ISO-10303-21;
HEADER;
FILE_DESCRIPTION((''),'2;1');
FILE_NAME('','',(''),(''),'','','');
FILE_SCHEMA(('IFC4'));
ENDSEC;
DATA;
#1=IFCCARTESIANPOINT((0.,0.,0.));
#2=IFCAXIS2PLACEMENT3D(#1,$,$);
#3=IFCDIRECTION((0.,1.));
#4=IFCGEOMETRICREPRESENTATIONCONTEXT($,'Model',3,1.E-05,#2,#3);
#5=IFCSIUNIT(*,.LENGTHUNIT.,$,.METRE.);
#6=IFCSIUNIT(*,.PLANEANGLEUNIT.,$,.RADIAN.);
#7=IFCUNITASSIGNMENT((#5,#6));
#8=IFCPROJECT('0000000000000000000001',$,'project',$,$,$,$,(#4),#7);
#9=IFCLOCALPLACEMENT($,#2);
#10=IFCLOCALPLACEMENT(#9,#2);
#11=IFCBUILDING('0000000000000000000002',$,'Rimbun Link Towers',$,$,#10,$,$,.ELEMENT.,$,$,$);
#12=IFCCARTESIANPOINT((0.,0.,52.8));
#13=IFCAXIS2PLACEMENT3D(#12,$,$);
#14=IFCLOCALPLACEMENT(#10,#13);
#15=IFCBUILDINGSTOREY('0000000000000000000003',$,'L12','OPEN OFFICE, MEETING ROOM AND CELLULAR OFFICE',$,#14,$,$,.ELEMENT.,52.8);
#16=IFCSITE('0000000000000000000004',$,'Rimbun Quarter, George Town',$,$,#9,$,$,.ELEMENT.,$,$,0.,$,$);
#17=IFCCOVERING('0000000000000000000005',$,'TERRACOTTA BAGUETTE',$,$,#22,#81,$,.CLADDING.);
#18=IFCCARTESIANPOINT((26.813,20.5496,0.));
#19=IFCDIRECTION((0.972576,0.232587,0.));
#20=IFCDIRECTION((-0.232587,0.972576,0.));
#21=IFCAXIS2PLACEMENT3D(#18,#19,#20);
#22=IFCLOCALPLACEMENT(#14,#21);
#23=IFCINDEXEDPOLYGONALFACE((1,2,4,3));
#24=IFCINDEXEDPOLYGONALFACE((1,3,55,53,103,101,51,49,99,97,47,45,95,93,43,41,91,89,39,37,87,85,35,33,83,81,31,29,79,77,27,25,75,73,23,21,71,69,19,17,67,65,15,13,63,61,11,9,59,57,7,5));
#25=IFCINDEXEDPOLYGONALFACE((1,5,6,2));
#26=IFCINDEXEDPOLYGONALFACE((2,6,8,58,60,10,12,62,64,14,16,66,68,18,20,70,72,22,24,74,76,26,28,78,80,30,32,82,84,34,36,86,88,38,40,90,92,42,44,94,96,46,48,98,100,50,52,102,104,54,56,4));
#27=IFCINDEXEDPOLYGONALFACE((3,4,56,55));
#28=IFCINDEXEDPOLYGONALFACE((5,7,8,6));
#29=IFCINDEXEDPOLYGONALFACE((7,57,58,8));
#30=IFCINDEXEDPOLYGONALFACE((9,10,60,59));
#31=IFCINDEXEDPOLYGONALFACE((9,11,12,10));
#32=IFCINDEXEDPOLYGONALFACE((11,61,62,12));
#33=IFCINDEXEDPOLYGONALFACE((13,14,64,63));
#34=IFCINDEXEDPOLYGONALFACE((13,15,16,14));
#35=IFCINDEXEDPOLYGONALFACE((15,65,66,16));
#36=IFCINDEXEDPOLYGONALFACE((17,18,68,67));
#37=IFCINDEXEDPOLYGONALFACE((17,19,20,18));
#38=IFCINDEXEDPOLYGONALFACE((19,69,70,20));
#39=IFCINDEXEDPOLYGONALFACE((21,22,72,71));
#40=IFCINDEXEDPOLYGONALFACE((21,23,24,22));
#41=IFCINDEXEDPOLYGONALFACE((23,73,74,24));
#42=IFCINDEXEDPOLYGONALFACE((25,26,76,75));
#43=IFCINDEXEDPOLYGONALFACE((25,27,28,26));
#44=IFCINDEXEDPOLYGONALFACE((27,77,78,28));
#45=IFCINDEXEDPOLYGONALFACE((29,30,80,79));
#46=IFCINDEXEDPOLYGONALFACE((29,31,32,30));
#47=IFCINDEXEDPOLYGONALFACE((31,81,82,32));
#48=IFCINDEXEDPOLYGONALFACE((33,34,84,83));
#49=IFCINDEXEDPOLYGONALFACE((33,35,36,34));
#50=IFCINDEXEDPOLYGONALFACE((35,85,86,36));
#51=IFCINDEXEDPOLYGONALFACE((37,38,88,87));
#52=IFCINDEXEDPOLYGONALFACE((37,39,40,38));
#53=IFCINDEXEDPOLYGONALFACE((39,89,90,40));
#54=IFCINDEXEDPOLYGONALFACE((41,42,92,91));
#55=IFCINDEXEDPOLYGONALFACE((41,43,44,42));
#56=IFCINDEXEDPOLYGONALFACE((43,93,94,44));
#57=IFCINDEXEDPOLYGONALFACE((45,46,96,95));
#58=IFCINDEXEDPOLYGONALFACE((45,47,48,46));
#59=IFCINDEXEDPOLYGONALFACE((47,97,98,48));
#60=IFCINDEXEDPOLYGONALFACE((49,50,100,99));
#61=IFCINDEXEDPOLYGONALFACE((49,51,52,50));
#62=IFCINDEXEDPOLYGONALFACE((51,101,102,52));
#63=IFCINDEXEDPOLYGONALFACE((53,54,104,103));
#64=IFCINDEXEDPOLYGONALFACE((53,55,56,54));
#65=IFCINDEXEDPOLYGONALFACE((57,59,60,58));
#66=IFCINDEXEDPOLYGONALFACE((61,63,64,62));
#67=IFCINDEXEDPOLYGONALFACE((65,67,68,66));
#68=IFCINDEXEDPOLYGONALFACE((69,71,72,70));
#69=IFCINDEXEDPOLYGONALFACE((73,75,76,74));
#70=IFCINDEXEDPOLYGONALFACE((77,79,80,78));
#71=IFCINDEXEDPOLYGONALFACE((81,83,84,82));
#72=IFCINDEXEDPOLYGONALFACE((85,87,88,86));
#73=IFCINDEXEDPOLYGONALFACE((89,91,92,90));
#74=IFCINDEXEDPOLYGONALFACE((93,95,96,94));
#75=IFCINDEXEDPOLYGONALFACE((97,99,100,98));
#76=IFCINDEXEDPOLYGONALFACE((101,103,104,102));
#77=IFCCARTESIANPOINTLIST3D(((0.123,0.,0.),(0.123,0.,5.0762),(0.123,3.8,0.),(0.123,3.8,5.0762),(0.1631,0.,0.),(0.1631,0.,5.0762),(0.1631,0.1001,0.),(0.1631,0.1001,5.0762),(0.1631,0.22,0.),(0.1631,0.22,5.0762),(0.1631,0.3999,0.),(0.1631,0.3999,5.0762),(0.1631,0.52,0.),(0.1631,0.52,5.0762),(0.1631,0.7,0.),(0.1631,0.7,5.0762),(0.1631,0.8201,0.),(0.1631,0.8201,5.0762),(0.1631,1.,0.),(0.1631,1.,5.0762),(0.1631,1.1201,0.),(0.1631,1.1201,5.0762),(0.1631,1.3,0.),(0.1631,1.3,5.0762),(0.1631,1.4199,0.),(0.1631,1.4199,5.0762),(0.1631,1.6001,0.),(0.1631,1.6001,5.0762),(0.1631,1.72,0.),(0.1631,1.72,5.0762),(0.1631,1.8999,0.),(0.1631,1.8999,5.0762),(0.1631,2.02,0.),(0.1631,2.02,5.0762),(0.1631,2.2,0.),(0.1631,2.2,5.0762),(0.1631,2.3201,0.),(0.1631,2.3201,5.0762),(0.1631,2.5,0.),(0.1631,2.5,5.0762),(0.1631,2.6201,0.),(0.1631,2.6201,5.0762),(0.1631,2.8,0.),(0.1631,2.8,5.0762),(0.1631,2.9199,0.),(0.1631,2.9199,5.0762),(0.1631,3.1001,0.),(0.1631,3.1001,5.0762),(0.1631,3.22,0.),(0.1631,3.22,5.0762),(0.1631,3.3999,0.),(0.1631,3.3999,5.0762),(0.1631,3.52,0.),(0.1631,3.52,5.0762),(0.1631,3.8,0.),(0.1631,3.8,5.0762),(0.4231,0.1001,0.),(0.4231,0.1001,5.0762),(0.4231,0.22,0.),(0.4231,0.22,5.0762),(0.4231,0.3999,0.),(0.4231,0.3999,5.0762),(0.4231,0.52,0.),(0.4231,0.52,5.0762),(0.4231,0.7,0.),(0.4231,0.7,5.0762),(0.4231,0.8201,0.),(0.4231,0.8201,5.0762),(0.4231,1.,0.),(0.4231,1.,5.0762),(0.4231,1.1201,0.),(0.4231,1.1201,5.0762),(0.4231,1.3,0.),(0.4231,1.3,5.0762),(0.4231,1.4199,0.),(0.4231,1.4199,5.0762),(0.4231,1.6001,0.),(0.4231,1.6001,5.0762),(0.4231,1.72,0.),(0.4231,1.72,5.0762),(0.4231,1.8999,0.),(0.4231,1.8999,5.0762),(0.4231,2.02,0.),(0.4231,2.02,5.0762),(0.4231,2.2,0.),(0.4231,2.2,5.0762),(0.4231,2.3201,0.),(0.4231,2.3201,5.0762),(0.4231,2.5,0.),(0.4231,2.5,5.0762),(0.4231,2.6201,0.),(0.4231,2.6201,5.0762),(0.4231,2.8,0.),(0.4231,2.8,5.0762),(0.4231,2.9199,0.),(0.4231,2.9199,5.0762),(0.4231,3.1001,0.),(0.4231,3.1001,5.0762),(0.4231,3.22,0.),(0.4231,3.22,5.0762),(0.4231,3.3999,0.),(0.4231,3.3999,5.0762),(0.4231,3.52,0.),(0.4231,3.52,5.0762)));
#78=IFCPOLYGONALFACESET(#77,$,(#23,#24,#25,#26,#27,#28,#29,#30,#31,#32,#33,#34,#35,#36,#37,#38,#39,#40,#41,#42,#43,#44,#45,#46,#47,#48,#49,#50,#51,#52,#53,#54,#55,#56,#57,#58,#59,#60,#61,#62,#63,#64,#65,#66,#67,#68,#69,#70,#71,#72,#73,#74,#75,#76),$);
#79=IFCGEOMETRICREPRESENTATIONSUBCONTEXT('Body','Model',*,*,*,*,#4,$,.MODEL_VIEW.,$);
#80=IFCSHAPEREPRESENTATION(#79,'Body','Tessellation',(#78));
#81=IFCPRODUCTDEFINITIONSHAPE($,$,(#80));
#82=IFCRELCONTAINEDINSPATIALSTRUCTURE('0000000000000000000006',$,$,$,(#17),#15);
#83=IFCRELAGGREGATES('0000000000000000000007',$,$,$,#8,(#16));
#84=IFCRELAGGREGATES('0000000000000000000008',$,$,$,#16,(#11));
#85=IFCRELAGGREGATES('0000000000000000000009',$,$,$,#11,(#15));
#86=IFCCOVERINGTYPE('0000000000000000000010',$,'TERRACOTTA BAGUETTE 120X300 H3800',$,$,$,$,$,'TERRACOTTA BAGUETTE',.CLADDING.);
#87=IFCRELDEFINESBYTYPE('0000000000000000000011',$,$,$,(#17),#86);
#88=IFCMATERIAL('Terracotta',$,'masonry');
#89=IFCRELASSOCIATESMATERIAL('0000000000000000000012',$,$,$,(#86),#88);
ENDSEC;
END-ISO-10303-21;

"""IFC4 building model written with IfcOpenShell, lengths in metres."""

from ifc_helpers import new_model, si_unit, direction, frame, origin, place, context, subcontext, project, spatial, polyline, outline, extrude, material, material_profile, profile_set, type_object, element, save


model = new_model("IFC4")

# Units and contexts
model_context = context("Model", 3, precision=1e-05, world=origin(), true_north=direction((0.0, 1.0)))
body_context = subcontext(model_context, "Body", "Model", "MODEL_VIEW")
ifc_project = project(units=[si_unit("LENGTHUNIT", "METRE"), si_unit("PLANEANGLEUNIT", "RADIAN")], contexts=[model_context])

# Site, building, storey
site_placement = place(None, origin())
site = spatial("IfcSite", under=ifc_project, at=site_placement, Name="Rimbun Quarter, George Town", CompositionType="ELEMENT", RefElevation=0.0)
building_placement = place(site_placement, origin())
building = spatial("IfcBuilding", under=site, at=building_placement, Name="Rimbun Link Towers", CompositionType="ELEMENT")
storey_placement = place(building_placement, frame((0.0, 0.0, 52.8)))
storey = spatial("IfcBuildingStorey", under=building, at=storey_placement, Name="L12", Description="OPEN OFFICE, MEETING ROOM AND CELLULAR OFFICE", CompositionType="ELEMENT", Elevation=52.8)

# Covering
ifc_material_1 = material(Name="Terracotta", Category="masonry")
ifc_material_profile_1 = material_profile(ifc_material_1, outline(polyline([(0.123, 0.0), (0.1631, 0.0), (0.1631, 0.1001), (0.4231, 0.1001), (0.4231, 0.22), (0.1631, 0.22), (0.1631, 0.3999), (0.4231, 0.3999), (0.4231, 0.52), (0.1631, 0.52), (0.1631, 0.7), (0.4231, 0.7), (0.4231, 0.8201), (0.1631, 0.8201), (0.1631, 1.0), (0.4231, 1.0), (0.4231, 1.1201), (0.1631, 1.1201), (0.1631, 1.3), (0.4231, 1.3), (0.4231, 1.4199), (0.1631, 1.4199), (0.1631, 1.6001), (0.4231, 1.6001), (0.4231, 1.72), (0.1631, 1.72), (0.1631, 1.8999), (0.4231, 1.8999), (0.4231, 2.02), (0.1631, 2.02), (0.1631, 2.2), (0.4231, 2.2), (0.4231, 2.3201), (0.1631, 2.3201), (0.1631, 2.5), (0.4231, 2.5), (0.4231, 2.6201), (0.1631, 2.6201), (0.1631, 2.8), (0.4231, 2.8), (0.4231, 2.9199), (0.1631, 2.9199), (0.1631, 3.1001), (0.4231, 3.1001), (0.4231, 3.22), (0.1631, 3.22), (0.1631, 3.3999), (0.4231, 3.3999), (0.4231, 3.52), (0.1631, 3.52), (0.1631, 3.8), (0.123, 3.8), (0.123, 0.0)])), Name="BAGUETTE 120X300")
ifc_profile_set_1 = profile_set([ifc_material_profile_1], Name="Terracotta")
covering_type = type_object("IfcCoveringType", Name="TERRACOTTA BAGUETTE 120X300 H3800", ElementType="TERRACOTTA BAGUETTE", PredefinedType="CLADDING", material=ifc_profile_set_1)
covering_1_placement = place(storey_placement, frame((26.813, 20.5496, 0.0), z_axis=(0.972576, 0.232587, 0.0), x_axis=(-0.232587, 0.972576, 0.0)))
element("IfcCovering", 1, at=covering_1_placement, inside=storey, type_object=covering_type, Name="TERRACOTTA BAGUETTE", PredefinedType="CLADDING", context=body_context, shape_type="SweptSolid", body=[
    extrude(outline(polyline([(0.123, 0.0), (0.1631, 0.0), (0.1631, 0.1001), (0.4231, 0.1001), (0.4231, 0.22), (0.1631, 0.22), (0.1631, 0.3999), (0.4231, 0.3999), (0.4231, 0.52), (0.1631, 0.52), (0.1631, 0.7), (0.4231, 0.7), (0.4231, 0.8201), (0.1631, 0.8201), (0.1631, 1.0), (0.4231, 1.0), (0.4231, 1.1201), (0.1631, 1.1201), (0.1631, 1.3), (0.4231, 1.3), (0.4231, 1.4199), (0.1631, 1.4199), (0.1631, 1.6001), (0.4231, 1.6001), (0.4231, 1.72), (0.1631, 1.72), (0.1631, 1.8999), (0.4231, 1.8999), (0.4231, 2.02), (0.1631, 2.02), (0.1631, 2.2), (0.4231, 2.2), (0.4231, 2.3201), (0.1631, 2.3201), (0.1631, 2.5), (0.4231, 2.5), (0.4231, 2.6201), (0.1631, 2.6201), (0.1631, 2.8), (0.4231, 2.8), (0.4231, 2.9199), (0.1631, 2.9199), (0.1631, 3.1001), (0.4231, 3.1001), (0.4231, 3.22), (0.1631, 3.22), (0.1631, 3.3999), (0.4231, 3.3999), (0.4231, 3.52), (0.1631, 3.52), (0.1631, 3.8), (0.123, 3.8), (0.123, 0.0)])), origin(), (0.0, 0.0, 1.0), 5.0762),
])

save(model, "model.ifc")
